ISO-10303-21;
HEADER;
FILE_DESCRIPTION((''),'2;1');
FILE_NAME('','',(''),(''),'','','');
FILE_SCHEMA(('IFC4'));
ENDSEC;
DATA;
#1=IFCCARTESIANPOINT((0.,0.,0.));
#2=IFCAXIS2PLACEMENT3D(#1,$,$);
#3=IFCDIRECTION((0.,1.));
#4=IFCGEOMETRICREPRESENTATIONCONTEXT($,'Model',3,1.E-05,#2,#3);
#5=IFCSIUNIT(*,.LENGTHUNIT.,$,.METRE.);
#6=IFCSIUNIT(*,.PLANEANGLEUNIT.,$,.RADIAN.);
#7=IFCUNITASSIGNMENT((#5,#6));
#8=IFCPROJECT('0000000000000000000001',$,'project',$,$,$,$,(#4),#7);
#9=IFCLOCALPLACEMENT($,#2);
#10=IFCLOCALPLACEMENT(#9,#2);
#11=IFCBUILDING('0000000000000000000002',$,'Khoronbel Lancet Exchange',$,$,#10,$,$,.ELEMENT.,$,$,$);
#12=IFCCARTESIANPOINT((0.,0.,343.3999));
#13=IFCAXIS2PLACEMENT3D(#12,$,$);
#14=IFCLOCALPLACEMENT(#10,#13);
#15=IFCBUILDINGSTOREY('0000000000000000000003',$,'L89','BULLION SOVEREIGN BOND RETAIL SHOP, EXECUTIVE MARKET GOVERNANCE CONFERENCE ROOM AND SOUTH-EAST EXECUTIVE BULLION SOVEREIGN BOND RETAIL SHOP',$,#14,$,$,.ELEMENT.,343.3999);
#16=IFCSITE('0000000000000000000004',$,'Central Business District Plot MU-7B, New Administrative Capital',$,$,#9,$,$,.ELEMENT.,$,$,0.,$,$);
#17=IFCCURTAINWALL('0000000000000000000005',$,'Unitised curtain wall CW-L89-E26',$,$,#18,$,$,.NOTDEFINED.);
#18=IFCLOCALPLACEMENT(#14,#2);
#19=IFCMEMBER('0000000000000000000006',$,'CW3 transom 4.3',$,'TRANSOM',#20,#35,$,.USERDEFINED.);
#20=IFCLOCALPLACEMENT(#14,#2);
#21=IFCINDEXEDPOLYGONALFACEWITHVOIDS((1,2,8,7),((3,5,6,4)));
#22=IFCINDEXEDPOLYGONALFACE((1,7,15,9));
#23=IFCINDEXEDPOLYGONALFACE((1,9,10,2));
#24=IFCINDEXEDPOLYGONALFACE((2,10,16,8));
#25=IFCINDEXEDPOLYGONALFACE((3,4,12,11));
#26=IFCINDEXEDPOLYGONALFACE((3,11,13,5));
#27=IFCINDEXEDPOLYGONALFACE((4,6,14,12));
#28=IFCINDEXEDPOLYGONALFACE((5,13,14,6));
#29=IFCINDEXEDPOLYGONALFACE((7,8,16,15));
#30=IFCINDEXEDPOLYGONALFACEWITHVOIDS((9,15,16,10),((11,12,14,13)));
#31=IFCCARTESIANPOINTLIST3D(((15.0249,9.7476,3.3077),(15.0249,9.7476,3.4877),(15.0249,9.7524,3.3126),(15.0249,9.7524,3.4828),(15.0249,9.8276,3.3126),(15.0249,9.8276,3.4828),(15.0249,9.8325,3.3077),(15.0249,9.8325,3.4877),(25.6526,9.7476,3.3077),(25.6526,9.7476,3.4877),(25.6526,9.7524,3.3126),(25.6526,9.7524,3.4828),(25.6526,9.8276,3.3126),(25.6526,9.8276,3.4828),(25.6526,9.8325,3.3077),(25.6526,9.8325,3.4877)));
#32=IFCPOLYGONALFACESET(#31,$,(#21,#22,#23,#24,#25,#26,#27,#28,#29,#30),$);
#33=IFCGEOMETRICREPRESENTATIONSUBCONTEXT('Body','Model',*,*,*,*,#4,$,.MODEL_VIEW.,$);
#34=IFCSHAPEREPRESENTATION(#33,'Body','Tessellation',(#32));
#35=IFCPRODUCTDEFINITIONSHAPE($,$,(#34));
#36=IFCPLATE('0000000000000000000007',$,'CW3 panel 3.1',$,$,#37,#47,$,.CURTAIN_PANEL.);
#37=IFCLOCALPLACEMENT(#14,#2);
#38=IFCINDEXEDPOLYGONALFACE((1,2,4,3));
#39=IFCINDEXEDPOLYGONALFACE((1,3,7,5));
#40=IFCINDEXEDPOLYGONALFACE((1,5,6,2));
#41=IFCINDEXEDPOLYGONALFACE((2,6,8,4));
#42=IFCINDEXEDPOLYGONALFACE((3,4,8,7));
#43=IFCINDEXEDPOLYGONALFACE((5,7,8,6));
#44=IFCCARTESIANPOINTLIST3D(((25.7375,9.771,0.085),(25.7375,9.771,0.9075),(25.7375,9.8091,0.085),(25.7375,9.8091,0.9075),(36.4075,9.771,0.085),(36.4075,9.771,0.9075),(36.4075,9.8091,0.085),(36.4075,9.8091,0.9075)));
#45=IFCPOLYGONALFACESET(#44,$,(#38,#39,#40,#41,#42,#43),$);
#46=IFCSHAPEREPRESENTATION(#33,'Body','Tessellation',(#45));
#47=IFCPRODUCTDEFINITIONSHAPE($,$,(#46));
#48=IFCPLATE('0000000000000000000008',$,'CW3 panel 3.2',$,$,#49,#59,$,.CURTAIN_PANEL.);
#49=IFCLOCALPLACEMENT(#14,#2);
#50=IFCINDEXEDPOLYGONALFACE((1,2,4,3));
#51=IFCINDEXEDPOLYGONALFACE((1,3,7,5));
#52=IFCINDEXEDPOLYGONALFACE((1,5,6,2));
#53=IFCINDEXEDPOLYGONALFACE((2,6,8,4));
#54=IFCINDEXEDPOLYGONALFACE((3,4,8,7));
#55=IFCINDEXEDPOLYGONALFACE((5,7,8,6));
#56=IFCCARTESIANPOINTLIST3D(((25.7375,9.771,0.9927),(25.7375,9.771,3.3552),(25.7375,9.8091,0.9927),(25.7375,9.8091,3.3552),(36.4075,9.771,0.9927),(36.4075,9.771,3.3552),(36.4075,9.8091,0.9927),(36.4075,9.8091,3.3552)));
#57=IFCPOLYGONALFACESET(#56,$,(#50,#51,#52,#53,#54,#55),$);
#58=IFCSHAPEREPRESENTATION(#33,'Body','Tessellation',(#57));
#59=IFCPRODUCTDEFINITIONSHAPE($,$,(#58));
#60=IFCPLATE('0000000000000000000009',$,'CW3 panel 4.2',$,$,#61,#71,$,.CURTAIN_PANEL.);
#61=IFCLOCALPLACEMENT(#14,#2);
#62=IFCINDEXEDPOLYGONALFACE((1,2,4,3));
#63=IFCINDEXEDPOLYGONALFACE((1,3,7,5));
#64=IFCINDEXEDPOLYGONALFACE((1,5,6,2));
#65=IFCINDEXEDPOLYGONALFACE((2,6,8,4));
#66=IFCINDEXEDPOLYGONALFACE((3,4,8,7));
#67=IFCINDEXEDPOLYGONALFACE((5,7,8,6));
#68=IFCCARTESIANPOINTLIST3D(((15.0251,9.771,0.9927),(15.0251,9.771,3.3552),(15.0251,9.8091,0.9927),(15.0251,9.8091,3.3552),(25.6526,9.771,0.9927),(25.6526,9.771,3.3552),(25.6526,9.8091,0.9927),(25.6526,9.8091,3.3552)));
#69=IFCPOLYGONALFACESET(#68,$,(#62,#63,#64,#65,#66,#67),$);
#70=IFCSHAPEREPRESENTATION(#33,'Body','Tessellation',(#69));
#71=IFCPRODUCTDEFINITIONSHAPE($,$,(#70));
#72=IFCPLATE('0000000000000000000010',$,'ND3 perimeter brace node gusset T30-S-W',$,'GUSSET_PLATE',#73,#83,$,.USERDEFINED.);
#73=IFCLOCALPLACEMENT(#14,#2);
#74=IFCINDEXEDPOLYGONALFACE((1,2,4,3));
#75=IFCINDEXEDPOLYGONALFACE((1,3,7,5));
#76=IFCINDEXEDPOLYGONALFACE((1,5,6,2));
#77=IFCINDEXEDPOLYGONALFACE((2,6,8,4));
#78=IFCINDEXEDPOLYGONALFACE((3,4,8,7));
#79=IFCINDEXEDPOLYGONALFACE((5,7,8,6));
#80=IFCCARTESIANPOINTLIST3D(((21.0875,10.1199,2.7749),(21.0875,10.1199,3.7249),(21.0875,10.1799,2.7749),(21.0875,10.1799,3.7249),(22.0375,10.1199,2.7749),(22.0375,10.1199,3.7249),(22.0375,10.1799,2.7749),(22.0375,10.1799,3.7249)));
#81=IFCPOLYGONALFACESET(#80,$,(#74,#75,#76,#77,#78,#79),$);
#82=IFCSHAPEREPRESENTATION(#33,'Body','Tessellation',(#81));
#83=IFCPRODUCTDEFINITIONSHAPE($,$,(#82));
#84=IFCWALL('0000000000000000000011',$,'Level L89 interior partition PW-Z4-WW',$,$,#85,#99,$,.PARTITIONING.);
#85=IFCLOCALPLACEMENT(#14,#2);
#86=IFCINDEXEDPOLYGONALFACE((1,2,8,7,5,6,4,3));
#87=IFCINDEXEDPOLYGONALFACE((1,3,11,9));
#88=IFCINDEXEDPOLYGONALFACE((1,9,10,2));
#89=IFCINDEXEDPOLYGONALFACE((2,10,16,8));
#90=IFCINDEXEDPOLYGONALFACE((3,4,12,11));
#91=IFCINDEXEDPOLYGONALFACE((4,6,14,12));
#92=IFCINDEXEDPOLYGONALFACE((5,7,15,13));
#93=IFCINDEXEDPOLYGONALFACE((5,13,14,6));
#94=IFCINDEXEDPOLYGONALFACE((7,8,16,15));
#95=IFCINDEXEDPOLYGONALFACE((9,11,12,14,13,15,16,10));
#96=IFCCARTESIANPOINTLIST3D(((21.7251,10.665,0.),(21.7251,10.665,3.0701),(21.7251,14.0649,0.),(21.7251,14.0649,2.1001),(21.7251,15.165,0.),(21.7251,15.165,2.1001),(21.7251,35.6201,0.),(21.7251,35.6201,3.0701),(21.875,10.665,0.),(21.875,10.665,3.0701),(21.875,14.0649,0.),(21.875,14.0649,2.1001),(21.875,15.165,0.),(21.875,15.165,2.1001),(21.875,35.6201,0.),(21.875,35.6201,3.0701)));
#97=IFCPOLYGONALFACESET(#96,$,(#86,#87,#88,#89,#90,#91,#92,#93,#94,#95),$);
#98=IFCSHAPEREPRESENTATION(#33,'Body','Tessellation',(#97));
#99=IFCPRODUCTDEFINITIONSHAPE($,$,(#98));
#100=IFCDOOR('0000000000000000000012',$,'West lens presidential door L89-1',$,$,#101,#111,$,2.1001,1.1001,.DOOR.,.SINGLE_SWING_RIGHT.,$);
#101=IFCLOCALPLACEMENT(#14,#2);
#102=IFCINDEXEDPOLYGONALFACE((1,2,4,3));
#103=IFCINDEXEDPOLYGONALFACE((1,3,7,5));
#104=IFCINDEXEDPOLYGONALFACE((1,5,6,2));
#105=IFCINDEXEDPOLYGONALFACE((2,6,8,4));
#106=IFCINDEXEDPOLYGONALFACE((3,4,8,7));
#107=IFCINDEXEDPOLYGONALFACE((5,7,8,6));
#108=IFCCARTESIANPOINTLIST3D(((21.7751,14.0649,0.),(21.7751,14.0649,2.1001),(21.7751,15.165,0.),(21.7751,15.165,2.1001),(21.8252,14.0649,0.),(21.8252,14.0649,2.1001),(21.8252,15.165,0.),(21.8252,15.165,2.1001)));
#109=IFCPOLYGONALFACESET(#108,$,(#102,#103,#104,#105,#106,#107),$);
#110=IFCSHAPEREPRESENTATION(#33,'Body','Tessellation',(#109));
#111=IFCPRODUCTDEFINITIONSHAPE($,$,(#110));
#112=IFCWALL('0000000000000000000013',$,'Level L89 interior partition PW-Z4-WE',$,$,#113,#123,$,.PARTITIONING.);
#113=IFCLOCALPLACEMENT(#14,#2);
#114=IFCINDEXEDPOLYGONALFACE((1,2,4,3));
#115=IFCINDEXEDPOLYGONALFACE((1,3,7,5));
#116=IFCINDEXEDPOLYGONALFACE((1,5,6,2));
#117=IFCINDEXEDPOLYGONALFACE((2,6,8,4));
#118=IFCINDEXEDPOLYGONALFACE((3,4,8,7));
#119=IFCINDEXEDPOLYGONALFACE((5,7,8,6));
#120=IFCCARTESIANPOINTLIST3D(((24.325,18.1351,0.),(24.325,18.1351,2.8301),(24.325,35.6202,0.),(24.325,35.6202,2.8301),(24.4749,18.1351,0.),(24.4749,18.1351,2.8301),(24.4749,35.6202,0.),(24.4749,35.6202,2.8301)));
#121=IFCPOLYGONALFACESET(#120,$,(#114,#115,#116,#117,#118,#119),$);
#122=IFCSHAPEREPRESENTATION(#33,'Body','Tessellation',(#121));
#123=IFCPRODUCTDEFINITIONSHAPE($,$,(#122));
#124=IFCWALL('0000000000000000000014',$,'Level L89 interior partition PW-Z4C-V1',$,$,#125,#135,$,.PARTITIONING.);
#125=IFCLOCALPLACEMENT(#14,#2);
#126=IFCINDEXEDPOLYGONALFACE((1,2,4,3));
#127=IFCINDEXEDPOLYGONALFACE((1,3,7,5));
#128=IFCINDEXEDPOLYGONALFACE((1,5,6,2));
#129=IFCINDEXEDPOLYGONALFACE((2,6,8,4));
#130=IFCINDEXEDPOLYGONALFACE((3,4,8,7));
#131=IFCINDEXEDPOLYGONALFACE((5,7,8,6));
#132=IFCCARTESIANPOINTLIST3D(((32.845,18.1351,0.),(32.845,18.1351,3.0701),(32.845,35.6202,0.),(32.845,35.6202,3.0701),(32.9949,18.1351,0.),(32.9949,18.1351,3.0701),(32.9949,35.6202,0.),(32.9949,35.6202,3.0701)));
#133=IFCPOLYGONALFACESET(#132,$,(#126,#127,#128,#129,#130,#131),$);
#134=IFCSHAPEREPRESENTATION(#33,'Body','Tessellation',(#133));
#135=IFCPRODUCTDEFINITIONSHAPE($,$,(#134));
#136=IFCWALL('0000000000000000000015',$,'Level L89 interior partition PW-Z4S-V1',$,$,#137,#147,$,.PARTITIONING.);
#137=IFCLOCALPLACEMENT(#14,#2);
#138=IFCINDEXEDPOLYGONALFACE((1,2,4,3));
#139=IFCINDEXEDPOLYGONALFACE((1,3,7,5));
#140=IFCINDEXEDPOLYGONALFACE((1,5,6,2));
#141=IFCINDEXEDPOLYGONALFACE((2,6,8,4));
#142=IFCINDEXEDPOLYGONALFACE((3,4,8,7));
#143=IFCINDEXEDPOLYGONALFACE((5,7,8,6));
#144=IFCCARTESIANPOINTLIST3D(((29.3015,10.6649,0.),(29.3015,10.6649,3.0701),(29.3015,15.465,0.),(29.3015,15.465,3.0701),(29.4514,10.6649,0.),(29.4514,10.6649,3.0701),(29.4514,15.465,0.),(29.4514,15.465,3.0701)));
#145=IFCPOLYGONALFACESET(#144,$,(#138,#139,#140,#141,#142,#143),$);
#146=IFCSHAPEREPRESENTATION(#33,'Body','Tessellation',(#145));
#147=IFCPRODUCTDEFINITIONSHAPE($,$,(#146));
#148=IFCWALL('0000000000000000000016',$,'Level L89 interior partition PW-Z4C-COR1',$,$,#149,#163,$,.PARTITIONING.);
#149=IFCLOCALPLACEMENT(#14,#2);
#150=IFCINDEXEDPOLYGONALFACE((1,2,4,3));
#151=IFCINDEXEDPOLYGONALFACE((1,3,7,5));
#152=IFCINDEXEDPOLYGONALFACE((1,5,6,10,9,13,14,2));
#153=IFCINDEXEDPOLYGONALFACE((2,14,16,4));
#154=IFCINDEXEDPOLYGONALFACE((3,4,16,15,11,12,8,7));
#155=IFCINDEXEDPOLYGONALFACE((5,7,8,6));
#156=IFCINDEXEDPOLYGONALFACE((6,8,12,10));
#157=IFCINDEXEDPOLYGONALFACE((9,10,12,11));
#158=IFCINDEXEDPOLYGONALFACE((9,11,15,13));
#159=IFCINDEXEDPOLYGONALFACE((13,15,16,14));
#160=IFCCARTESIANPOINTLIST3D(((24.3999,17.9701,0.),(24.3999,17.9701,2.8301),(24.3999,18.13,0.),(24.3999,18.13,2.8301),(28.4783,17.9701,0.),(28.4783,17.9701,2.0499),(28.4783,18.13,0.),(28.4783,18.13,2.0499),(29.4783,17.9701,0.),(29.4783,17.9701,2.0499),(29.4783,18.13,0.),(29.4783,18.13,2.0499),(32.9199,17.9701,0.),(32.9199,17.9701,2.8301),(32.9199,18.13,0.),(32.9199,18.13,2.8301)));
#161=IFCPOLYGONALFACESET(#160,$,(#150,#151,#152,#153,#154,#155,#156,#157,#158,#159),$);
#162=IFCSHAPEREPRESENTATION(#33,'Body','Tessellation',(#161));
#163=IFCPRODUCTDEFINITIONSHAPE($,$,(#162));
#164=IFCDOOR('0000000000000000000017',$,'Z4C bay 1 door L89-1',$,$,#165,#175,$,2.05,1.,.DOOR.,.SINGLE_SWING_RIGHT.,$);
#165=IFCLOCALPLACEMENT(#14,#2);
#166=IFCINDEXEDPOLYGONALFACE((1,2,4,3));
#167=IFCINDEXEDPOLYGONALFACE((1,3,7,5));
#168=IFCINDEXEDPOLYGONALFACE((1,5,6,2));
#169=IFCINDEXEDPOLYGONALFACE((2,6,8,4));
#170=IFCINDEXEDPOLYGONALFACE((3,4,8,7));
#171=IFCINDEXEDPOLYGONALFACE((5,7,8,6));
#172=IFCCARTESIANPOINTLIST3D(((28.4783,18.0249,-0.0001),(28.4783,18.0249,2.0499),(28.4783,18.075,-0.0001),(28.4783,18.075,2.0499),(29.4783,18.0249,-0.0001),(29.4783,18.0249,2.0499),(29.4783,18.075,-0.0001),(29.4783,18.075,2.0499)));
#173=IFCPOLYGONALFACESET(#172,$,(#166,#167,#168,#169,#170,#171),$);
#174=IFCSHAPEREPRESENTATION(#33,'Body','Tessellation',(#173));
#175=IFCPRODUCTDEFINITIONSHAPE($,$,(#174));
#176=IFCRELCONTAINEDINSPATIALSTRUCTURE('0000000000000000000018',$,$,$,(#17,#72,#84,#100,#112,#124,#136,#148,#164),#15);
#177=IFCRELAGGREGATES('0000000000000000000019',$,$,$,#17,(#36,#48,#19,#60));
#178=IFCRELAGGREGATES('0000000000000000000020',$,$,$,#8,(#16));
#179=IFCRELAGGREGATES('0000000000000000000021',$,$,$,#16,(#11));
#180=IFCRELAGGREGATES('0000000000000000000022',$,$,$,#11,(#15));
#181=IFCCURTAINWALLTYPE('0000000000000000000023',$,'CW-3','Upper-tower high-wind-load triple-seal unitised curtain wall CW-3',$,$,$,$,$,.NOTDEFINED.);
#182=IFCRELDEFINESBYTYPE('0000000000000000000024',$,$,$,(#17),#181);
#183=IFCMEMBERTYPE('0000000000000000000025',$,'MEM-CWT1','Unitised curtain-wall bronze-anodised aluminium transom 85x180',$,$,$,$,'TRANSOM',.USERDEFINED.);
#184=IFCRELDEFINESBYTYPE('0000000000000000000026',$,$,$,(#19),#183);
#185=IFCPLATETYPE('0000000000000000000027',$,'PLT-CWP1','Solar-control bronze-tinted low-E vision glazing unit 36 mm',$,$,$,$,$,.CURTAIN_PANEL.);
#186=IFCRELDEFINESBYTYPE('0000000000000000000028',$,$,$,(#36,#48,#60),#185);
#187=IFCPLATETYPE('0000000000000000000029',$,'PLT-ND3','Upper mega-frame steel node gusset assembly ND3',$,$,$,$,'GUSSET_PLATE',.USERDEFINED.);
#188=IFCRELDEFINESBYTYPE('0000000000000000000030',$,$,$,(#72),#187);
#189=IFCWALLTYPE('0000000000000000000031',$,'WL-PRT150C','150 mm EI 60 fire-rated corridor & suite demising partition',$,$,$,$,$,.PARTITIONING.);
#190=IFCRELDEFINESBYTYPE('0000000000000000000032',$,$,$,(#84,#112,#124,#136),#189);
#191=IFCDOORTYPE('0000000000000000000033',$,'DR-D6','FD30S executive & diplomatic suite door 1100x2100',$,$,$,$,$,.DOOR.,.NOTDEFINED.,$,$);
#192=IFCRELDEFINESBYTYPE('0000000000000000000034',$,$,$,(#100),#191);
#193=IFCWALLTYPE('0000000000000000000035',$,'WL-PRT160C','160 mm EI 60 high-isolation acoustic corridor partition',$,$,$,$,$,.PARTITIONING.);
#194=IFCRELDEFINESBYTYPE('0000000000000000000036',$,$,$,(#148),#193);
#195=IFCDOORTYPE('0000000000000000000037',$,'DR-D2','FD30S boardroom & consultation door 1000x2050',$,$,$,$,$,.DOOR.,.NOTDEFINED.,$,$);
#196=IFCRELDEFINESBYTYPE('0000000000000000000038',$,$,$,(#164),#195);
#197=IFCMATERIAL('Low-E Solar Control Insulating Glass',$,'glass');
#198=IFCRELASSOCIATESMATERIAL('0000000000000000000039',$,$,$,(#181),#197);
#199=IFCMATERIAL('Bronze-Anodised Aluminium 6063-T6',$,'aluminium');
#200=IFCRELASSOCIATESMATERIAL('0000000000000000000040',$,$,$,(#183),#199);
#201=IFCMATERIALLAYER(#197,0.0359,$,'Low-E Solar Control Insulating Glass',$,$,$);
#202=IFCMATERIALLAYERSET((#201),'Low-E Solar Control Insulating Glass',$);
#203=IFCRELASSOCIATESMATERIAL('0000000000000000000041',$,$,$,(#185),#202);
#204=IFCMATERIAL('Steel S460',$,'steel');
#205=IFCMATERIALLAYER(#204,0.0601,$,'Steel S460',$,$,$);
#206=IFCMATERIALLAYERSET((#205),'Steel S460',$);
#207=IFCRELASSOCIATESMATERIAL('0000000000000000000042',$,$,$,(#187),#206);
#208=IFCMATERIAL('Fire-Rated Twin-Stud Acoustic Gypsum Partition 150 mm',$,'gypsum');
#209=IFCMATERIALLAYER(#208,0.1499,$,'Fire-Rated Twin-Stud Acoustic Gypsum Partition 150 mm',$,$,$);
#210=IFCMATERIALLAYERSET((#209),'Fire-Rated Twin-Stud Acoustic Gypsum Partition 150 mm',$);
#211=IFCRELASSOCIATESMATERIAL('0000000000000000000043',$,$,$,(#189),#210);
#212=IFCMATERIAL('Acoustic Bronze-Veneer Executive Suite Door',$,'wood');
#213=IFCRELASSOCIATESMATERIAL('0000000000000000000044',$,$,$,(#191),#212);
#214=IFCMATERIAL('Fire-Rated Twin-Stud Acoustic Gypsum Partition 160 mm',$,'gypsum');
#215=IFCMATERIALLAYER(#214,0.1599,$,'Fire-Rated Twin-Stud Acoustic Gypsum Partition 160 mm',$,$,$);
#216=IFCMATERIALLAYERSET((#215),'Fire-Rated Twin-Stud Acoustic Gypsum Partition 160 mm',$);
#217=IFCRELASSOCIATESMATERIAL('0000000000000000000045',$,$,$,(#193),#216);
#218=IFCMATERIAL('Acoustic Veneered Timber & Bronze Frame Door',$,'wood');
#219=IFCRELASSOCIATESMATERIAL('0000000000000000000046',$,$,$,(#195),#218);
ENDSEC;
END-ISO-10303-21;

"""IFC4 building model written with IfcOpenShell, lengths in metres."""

from ifc_helpers import new_model, si_unit, direction, frame, frame_2d, origin, origin_2d, place, context, subcontext, project, spatial, rectangle, hollow_rectangle, extrude, material, layer, layer_set, material_profile, profile_set, type_object, element, fill, aggregate, save


model = new_model("IFC4")

# Units and contexts
model_context = context("Model", 3, precision=1e-05, world=origin(), true_north=direction((0.0, 1.0)))
body_context = subcontext(model_context, "Body", "Model", "MODEL_VIEW")
ifc_project = project(units=[si_unit("LENGTHUNIT", "METRE"), si_unit("PLANEANGLEUNIT", "RADIAN")], contexts=[model_context])

# Site, building, storey
site_placement = place(None, origin())
site = spatial("IfcSite", under=ifc_project, at=site_placement, Name="Central Business District Plot MU-7B, New Administrative Capital", CompositionType="ELEMENT", RefElevation=0.0)
building_placement = place(site_placement, origin())
building = spatial("IfcBuilding", under=site, at=building_placement, Name="Khoronbel Lancet Exchange", CompositionType="ELEMENT")
storey_placement = place(building_placement, frame((0.0, 0.0, 343.3999)))
storey = spatial("IfcBuildingStorey", under=building, at=storey_placement, Name="L89", Description="BULLION SOVEREIGN BOND RETAIL SHOP, EXECUTIVE MARKET GOVERNANCE CONFERENCE ROOM AND SOUTH-EAST EXECUTIVE BULLION SOVEREIGN BOND RETAIL SHOP", CompositionType="ELEMENT", Elevation=343.3999)

# Shared definitions
ifc_material_1 = material(Name="Steel S460", Category="steel")

# Curtain wall, member, plates
ifc_material_2 = material(Name="Low-E Solar Control Insulating Glass", Category="glass")
curtain_wall_type = type_object("IfcCurtainWallType", Name="CW-3", Description="Upper-tower high-wind-load triple-seal unitised curtain wall CW-3", PredefinedType="NOTDEFINED", material=ifc_material_2)
curtain_wall_placement = place(storey_placement, origin())
curtain_wall = element("IfcCurtainWall", 1, at=curtain_wall_placement, inside=storey, type_object=curtain_wall_type, Name="Unitised curtain wall CW-L89-E26", PredefinedType="NOTDEFINED")
ifc_material_3 = material(Name="Bronze-Anodised Aluminium 6063-T6", Category="aluminium")
ifc_material_profile_1 = material_profile(ifc_material_3, hollow_rectangle(XDim=0.085, YDim=0.1799, WallThickness=0.0049, at=origin_2d()), Name="ALU TRANSOM 85x180")
ifc_profile_set_1 = profile_set([ifc_material_profile_1], Name="Bronze-Anodised Aluminium 6063-T6")
member_type_1 = type_object("IfcMemberType", Name="MEM-CWT1", Description="Unitised curtain-wall bronze-anodised aluminium transom 85x180", ElementType="TRANSOM", PredefinedType="USERDEFINED", material=ifc_profile_set_1)
member_1_placement = place(storey_placement, frame((25.6526, 9.79, 3.3977), z_axis=(-1.0, 0.0, 0.0), x_axis=(0.0, -1.0, 0.0)))
member_1 = element("IfcMember", 2, at=member_1_placement, type_object=member_type_1, Name="CW3 transom 4.3", ObjectType="TRANSOM", PredefinedType="USERDEFINED", context=body_context, shape_type="SweptSolid", body=[
    extrude(hollow_rectangle(XDim=0.085, YDim=0.1799, WallThickness=0.0049, at=origin_2d()), origin(), (0.0, 0.0, 1.0), 10.6277),
])
ifc_layer_1 = layer(ifc_material_2, 0.0359, Name="Low-E Solar Control Insulating Glass")
ifc_layer_set_1 = layer_set([ifc_layer_1], Name="Low-E Solar Control Insulating Glass")
plate_type_1 = type_object("IfcPlateType", Name="PLT-CWP1", Description="Solar-control bronze-tinted low-E vision glazing unit 36 mm", PredefinedType="CURTAIN_PANEL", material=ifc_layer_set_1)
plate_1_placement = place(storey_placement, frame((31.0725, 9.79, 0.085), z_axis=(0.0, 0.0, 1.0), x_axis=(-1.0, 0.0, 0.0)))
plate_1 = element("IfcPlate", 3, at=plate_1_placement, type_object=plate_type_1, Name="CW3 panel 3.1", PredefinedType="CURTAIN_PANEL", context=body_context, shape_type="SweptSolid", body=[
    extrude(rectangle(XDim=10.6699, YDim=0.0381, at=origin_2d()), origin(), (0.0, 0.0, 1.0), 0.8225),
])
plate_2_placement = place(storey_placement, frame((31.0725, 9.79, 0.9927), z_axis=(0.0, 0.0, 1.0), x_axis=(-1.0, 0.0, 0.0)))
plate_2 = element("IfcPlate", 4, at=plate_2_placement, type_object=plate_type_1, Name="CW3 panel 3.2", PredefinedType="CURTAIN_PANEL", context=body_context, shape_type="SweptSolid", body=[
    extrude(rectangle(XDim=10.6699, YDim=0.0381, at=origin_2d()), origin(), (0.0, 0.0, 1.0), 2.3625),
])
plate_3_placement = place(storey_placement, frame((20.3389, 9.79, 0.9927), z_axis=(0.0, 0.0, 1.0), x_axis=(-1.0, 0.0, 0.0)))
plate_3 = element("IfcPlate", 5, at=plate_3_placement, type_object=plate_type_1, Name="CW3 panel 4.2", PredefinedType="CURTAIN_PANEL", context=body_context, shape_type="SweptSolid", body=[
    extrude(rectangle(XDim=10.6274, YDim=0.0381, at=origin_2d()), origin(), (0.0, 0.0, 1.0), 2.3625),
])
aggregate(curtain_wall, [plate_1, plate_2, member_1, plate_3])

# Plate
ifc_layer_2 = layer(ifc_material_1, 0.0601, Name="Steel S460")
ifc_layer_set_2 = layer_set([ifc_layer_2], Name="Steel S460")
plate_type_2 = type_object("IfcPlateType", Name="PLT-ND3", Description="Upper mega-frame steel node gusset assembly ND3", ElementType="GUSSET_PLATE", PredefinedType="USERDEFINED", material=ifc_layer_set_2)
plate_4_placement = place(storey_placement, frame((21.5625, 10.1499, 2.7749), z_axis=(0.0, 0.0, 1.0), x_axis=(1.0, 0.0, 0.0)))
element("IfcPlate", 6, at=plate_4_placement, inside=storey, type_object=plate_type_2, Name="ND3 perimeter brace node gusset T30-S-W", ObjectType="GUSSET_PLATE", PredefinedType="USERDEFINED", context=body_context, shape_type="SweptSolid", body=[
    extrude(rectangle(XDim=0.95, YDim=0.0601, at=origin_2d()), origin(), (0.0, 0.0, 1.0), 0.95),
])

# Wall, opening, door
ifc_material_4 = material(Name="Fire-Rated Twin-Stud Acoustic Gypsum Partition 150 mm", Category="gypsum")
ifc_layer_3 = layer(ifc_material_4, 0.1499, Name="Fire-Rated Twin-Stud Acoustic Gypsum Partition 150 mm")
ifc_layer_set_3 = layer_set([ifc_layer_3], Name="Fire-Rated Twin-Stud Acoustic Gypsum Partition 150 mm")
wall_type_1 = type_object("IfcWallType", Name="WL-PRT150C", Description="150 mm EI 60 fire-rated corridor & suite demising partition", PredefinedType="PARTITIONING", material=ifc_layer_set_3)
wall_1_placement = place(storey_placement, frame((21.8, 10.665, 0.0), z_axis=(0.0, 0.0, 1.0), x_axis=(0.0, 1.0, 0.0)))
wall_1 = element("IfcWall", 7, at=wall_1_placement, inside=storey, type_object=wall_type_1, Name="Level L89 interior partition PW-Z4-WW", PredefinedType="PARTITIONING", context=body_context, shape_type="SweptSolid", body=[
    extrude(rectangle(XDim=24.9551, YDim=0.1499, at=frame_2d((12.4775, 0.0))), origin(), (0.0, 0.0, 1.0), 3.0701),
])
opening_1_placement = place(wall_1_placement, frame((3.3999, 0.0, 0.0)))
opening_1 = element("IfcOpeningElement", 8, at=opening_1_placement, cuts=wall_1, PredefinedType="OPENING", context=body_context, shape_type="SweptSolid", body=[
    extrude(rectangle(XDim=1.1001, YDim=2.1001, at=frame_2d((0.55, 1.05))), frame((0.0, 0.085, 0.0), z_axis=(0.0, -1.0, 0.0), x_axis=(1.0, 0.0, 0.0)), (0.0, 0.0, 1.0), 0.1699),
])
ifc_material_5 = material(Name="Acoustic Bronze-Veneer Executive Suite Door", Category="wood")
door_type_1 = type_object("IfcDoorType", Name="DR-D6", Description="FD30S executive & diplomatic suite door 1100x2100", OperationType="NOTDEFINED", PredefinedType="DOOR", material=ifc_material_5)
door_1_placement = place(opening_1_placement, origin())
door_1 = element("IfcDoor", 9, at=door_1_placement, inside=storey, type_object=door_type_1, Name="West lens presidential door L89-1", OperationType="SINGLE_SWING_RIGHT", OverallHeight=2.1001, OverallWidth=1.1001, PredefinedType="DOOR", context=body_context, shape_type="SweptSolid", body=[
    extrude(rectangle(XDim=1.1001, YDim=2.1001, at=frame_2d((0.55, 1.05))), frame((0.0, 0.0249, 0.0), z_axis=(0.0, -1.0, 0.0), x_axis=(1.0, 0.0, 0.0)), (0.0, 0.0, 1.0), 0.05),
])
fill(opening_1, door_1)

# Walls
wall_2_placement = place(storey_placement, frame((24.3999, 18.135, 0.0), z_axis=(0.0, 0.0, 1.0), x_axis=(0.0, 1.0, 0.0)))
element("IfcWall", 10, at=wall_2_placement, inside=storey, type_object=wall_type_1, Name="Level L89 interior partition PW-Z4-WE", PredefinedType="PARTITIONING", context=body_context, shape_type="SweptSolid", body=[
    extrude(rectangle(XDim=17.4851, YDim=0.1499, at=frame_2d((8.7427, 0.0))), origin(), (0.0, 0.0, 1.0), 2.8301),
])
wall_3_placement = place(storey_placement, frame((32.9199, 18.135, 0.0), z_axis=(0.0, 0.0, 1.0), x_axis=(0.0, 1.0, 0.0)))
element("IfcWall", 11, at=wall_3_placement, inside=storey, type_object=wall_type_1, Name="Level L89 interior partition PW-Z4C-V1", PredefinedType="PARTITIONING", context=body_context, shape_type="SweptSolid", body=[
    extrude(rectangle(XDim=17.4851, YDim=0.1499, at=frame_2d((8.7427, 0.0))), origin(), (0.0, 0.0, 1.0), 3.0701),
])
wall_4_placement = place(storey_placement, frame((29.3765, 10.665, 0.0), z_axis=(0.0, 0.0, 1.0), x_axis=(0.0, 1.0, 0.0)))
element("IfcWall", 12, at=wall_4_placement, inside=storey, type_object=wall_type_1, Name="Level L89 interior partition PW-Z4S-V1", PredefinedType="PARTITIONING", context=body_context, shape_type="SweptSolid", body=[
    extrude(rectangle(XDim=4.8, YDim=0.1499, at=frame_2d((2.3999, 0.0))), origin(), (0.0, 0.0, 1.0), 3.0701),
])

# Wall, opening, door
ifc_material_6 = material(Name="Fire-Rated Twin-Stud Acoustic Gypsum Partition 160 mm", Category="gypsum")
ifc_layer_4 = layer(ifc_material_6, 0.1599, Name="Fire-Rated Twin-Stud Acoustic Gypsum Partition 160 mm")
ifc_layer_set_4 = layer_set([ifc_layer_4], Name="Fire-Rated Twin-Stud Acoustic Gypsum Partition 160 mm")
wall_type_2 = type_object("IfcWallType", Name="WL-PRT160C", Description="160 mm EI 60 high-isolation acoustic corridor partition", PredefinedType="PARTITIONING", material=ifc_layer_set_4)
wall_5_placement = place(storey_placement, frame((24.3999, 18.05, 0.0), z_axis=(0.0, 0.0, 1.0), x_axis=(1.0, 0.0, 0.0)))
wall_5 = element("IfcWall", 13, at=wall_5_placement, inside=storey, type_object=wall_type_2, Name="Level L89 interior partition PW-Z4C-COR1", PredefinedType="PARTITIONING", context=body_context, shape_type="SweptSolid", body=[
    extrude(rectangle(XDim=8.52, YDim=0.1599, at=frame_2d((4.26, 0.0))), origin(), (0.0, 0.0, 1.0), 2.8301),
])
opening_2_placement = place(wall_5_placement, frame((4.0784, 0.0, 0.0)))
opening_2 = element("IfcOpeningElement", 14, at=opening_2_placement, cuts=wall_5, PredefinedType="OPENING", context=body_context, shape_type="SweptSolid", body=[
    extrude(rectangle(XDim=1.0, YDim=2.05, at=frame_2d((0.5, 1.0249))), frame((0.0, 0.0898, 0.0), z_axis=(0.0, -1.0, 0.0), x_axis=(1.0, 0.0, 0.0)), (0.0, 0.0, 1.0), 0.1799),
])
ifc_material_7 = material(Name="Acoustic Veneered Timber & Bronze Frame Door", Category="wood")
door_type_2 = type_object("IfcDoorType", Name="DR-D2", Description="FD30S boardroom & consultation door 1000x2050", OperationType="NOTDEFINED", PredefinedType="DOOR", material=ifc_material_7)
door_2_placement = place(opening_2_placement, origin())
door_2 = element("IfcDoor", 15, at=door_2_placement, inside=storey, type_object=door_type_2, Name="Z4C bay 1 door L89-1", OperationType="SINGLE_SWING_RIGHT", OverallHeight=2.05, OverallWidth=1.0, PredefinedType="DOOR", context=body_context, shape_type="SweptSolid", body=[
    extrude(rectangle(XDim=1.0, YDim=2.05, at=frame_2d((0.5, 1.0249))), frame((0.0, 0.0249, 0.0), z_axis=(0.0, -1.0, 0.0), x_axis=(1.0, 0.0, 0.0)), (0.0, 0.0, 1.0), 0.05),
])
fill(opening_2, door_2)

save(model, "model.ifc")
